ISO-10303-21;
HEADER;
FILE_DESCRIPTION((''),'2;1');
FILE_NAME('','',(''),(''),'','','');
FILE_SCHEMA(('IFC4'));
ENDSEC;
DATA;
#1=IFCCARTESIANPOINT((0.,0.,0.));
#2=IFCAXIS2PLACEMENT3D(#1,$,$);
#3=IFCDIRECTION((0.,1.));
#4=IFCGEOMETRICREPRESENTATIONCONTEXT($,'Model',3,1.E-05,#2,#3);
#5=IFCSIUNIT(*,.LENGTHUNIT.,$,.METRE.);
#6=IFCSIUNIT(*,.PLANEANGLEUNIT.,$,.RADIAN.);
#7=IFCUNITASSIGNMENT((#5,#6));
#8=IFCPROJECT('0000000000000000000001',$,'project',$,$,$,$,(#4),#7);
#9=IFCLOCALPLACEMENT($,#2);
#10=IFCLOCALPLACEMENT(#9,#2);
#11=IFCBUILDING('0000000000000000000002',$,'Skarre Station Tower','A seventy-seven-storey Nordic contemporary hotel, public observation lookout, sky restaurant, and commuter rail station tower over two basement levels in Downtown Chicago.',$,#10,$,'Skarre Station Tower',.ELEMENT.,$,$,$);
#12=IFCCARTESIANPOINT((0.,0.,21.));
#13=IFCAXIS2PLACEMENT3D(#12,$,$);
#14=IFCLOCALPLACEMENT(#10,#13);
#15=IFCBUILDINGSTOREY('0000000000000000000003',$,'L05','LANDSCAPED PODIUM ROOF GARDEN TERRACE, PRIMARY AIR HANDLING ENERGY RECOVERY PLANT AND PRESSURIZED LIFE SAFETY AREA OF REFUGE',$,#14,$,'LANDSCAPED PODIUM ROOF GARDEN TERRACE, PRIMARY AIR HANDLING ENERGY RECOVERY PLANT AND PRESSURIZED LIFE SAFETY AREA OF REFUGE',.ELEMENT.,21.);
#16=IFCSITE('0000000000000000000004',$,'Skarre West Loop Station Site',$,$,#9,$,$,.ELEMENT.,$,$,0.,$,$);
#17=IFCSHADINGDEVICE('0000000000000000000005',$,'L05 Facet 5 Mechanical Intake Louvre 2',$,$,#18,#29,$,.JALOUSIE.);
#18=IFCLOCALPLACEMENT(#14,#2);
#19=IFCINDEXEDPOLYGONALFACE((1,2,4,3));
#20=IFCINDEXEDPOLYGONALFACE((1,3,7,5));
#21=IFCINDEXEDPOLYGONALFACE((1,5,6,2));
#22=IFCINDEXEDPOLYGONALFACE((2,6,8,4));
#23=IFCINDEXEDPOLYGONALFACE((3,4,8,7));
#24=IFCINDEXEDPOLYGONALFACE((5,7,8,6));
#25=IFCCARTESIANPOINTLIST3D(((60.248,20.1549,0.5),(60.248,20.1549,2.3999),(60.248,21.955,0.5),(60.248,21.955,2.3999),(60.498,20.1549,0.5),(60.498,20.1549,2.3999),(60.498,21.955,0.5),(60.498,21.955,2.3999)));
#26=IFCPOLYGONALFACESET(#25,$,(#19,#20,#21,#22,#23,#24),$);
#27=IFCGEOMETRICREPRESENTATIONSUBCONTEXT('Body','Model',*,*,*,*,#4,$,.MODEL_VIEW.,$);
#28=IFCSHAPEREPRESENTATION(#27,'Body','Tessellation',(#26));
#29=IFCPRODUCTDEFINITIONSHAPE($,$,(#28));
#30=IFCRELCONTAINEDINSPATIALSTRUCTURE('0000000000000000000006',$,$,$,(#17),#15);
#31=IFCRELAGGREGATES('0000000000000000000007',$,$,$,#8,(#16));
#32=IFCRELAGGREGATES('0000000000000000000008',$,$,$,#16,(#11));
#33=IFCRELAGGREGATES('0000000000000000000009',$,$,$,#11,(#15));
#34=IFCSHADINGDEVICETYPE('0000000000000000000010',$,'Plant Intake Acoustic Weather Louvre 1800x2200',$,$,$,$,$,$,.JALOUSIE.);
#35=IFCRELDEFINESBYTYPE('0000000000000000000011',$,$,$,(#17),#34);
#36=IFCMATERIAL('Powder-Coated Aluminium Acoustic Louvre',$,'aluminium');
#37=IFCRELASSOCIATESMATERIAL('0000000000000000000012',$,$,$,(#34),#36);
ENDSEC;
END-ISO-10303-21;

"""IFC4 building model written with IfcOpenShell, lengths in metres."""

from ifc_helpers import new_model, si_unit, direction, frame, origin, origin_2d, place, context, subcontext, project, spatial, rectangle, extrude, material, type_object, element, save


model = new_model("IFC4")

# Units and contexts
model_context = context("Model", 3, precision=1e-05, world=origin(), true_north=direction((0.0, 1.0)))
body_context = subcontext(model_context, "Body", "Model", "MODEL_VIEW")
ifc_project = project(units=[si_unit("LENGTHUNIT", "METRE"), si_unit("PLANEANGLEUNIT", "RADIAN")], contexts=[model_context])

# Site, building, storey
site_placement = place(None, origin())
site = spatial("IfcSite", under=ifc_project, at=site_placement, Name="Skarre West Loop Station Site", CompositionType="ELEMENT", RefElevation=0.0)
building_placement = place(site_placement, origin())
building = spatial("IfcBuilding", under=site, at=building_placement, Name="Skarre Station Tower", Description="A seventy-seven-storey Nordic contemporary hotel, public observation lookout, sky restaurant, and commuter rail station tower over two basement levels in Downtown Chicago.", LongName="Skarre Station Tower", CompositionType="ELEMENT")
storey_placement = place(building_placement, frame((0.0, 0.0, 21.0)))
storey = spatial("IfcBuildingStorey", under=building, at=storey_placement, Name="L05", Description="LANDSCAPED PODIUM ROOF GARDEN TERRACE, PRIMARY AIR HANDLING ENERGY RECOVERY PLANT AND PRESSURIZED LIFE SAFETY AREA OF REFUGE", LongName="LANDSCAPED PODIUM ROOF GARDEN TERRACE, PRIMARY AIR HANDLING ENERGY RECOVERY PLANT AND PRESSURIZED LIFE SAFETY AREA OF REFUGE", CompositionType="ELEMENT", Elevation=21.0)

# Shading device
ifc_material_1 = material(Name="Powder-Coated Aluminium Acoustic Louvre", Category="aluminium")
shading_device_type = type_object("IfcShadingDeviceType", Name="Plant Intake Acoustic Weather Louvre 1800x2200", PredefinedType="JALOUSIE", material=ifc_material_1)
shading_device_placement = place(storey_placement, frame((60.373, 21.0549, 0.5), z_axis=(0.0, 0.0, 1.0), x_axis=(1.0, 0.0, 0.0)))
element("IfcShadingDevice", 1, at=shading_device_placement, inside=storey, type_object=shading_device_type, Name="L05 Facet 5 Mechanical Intake Louvre 2", PredefinedType="JALOUSIE", context=body_context, shape_type="SweptSolid", body=[
    extrude(rectangle(XDim=0.25, YDim=1.8, at=origin_2d()), origin(), (0.0, 0.0, 1.0), 1.8999),
])

save(model, "model.ifc")
